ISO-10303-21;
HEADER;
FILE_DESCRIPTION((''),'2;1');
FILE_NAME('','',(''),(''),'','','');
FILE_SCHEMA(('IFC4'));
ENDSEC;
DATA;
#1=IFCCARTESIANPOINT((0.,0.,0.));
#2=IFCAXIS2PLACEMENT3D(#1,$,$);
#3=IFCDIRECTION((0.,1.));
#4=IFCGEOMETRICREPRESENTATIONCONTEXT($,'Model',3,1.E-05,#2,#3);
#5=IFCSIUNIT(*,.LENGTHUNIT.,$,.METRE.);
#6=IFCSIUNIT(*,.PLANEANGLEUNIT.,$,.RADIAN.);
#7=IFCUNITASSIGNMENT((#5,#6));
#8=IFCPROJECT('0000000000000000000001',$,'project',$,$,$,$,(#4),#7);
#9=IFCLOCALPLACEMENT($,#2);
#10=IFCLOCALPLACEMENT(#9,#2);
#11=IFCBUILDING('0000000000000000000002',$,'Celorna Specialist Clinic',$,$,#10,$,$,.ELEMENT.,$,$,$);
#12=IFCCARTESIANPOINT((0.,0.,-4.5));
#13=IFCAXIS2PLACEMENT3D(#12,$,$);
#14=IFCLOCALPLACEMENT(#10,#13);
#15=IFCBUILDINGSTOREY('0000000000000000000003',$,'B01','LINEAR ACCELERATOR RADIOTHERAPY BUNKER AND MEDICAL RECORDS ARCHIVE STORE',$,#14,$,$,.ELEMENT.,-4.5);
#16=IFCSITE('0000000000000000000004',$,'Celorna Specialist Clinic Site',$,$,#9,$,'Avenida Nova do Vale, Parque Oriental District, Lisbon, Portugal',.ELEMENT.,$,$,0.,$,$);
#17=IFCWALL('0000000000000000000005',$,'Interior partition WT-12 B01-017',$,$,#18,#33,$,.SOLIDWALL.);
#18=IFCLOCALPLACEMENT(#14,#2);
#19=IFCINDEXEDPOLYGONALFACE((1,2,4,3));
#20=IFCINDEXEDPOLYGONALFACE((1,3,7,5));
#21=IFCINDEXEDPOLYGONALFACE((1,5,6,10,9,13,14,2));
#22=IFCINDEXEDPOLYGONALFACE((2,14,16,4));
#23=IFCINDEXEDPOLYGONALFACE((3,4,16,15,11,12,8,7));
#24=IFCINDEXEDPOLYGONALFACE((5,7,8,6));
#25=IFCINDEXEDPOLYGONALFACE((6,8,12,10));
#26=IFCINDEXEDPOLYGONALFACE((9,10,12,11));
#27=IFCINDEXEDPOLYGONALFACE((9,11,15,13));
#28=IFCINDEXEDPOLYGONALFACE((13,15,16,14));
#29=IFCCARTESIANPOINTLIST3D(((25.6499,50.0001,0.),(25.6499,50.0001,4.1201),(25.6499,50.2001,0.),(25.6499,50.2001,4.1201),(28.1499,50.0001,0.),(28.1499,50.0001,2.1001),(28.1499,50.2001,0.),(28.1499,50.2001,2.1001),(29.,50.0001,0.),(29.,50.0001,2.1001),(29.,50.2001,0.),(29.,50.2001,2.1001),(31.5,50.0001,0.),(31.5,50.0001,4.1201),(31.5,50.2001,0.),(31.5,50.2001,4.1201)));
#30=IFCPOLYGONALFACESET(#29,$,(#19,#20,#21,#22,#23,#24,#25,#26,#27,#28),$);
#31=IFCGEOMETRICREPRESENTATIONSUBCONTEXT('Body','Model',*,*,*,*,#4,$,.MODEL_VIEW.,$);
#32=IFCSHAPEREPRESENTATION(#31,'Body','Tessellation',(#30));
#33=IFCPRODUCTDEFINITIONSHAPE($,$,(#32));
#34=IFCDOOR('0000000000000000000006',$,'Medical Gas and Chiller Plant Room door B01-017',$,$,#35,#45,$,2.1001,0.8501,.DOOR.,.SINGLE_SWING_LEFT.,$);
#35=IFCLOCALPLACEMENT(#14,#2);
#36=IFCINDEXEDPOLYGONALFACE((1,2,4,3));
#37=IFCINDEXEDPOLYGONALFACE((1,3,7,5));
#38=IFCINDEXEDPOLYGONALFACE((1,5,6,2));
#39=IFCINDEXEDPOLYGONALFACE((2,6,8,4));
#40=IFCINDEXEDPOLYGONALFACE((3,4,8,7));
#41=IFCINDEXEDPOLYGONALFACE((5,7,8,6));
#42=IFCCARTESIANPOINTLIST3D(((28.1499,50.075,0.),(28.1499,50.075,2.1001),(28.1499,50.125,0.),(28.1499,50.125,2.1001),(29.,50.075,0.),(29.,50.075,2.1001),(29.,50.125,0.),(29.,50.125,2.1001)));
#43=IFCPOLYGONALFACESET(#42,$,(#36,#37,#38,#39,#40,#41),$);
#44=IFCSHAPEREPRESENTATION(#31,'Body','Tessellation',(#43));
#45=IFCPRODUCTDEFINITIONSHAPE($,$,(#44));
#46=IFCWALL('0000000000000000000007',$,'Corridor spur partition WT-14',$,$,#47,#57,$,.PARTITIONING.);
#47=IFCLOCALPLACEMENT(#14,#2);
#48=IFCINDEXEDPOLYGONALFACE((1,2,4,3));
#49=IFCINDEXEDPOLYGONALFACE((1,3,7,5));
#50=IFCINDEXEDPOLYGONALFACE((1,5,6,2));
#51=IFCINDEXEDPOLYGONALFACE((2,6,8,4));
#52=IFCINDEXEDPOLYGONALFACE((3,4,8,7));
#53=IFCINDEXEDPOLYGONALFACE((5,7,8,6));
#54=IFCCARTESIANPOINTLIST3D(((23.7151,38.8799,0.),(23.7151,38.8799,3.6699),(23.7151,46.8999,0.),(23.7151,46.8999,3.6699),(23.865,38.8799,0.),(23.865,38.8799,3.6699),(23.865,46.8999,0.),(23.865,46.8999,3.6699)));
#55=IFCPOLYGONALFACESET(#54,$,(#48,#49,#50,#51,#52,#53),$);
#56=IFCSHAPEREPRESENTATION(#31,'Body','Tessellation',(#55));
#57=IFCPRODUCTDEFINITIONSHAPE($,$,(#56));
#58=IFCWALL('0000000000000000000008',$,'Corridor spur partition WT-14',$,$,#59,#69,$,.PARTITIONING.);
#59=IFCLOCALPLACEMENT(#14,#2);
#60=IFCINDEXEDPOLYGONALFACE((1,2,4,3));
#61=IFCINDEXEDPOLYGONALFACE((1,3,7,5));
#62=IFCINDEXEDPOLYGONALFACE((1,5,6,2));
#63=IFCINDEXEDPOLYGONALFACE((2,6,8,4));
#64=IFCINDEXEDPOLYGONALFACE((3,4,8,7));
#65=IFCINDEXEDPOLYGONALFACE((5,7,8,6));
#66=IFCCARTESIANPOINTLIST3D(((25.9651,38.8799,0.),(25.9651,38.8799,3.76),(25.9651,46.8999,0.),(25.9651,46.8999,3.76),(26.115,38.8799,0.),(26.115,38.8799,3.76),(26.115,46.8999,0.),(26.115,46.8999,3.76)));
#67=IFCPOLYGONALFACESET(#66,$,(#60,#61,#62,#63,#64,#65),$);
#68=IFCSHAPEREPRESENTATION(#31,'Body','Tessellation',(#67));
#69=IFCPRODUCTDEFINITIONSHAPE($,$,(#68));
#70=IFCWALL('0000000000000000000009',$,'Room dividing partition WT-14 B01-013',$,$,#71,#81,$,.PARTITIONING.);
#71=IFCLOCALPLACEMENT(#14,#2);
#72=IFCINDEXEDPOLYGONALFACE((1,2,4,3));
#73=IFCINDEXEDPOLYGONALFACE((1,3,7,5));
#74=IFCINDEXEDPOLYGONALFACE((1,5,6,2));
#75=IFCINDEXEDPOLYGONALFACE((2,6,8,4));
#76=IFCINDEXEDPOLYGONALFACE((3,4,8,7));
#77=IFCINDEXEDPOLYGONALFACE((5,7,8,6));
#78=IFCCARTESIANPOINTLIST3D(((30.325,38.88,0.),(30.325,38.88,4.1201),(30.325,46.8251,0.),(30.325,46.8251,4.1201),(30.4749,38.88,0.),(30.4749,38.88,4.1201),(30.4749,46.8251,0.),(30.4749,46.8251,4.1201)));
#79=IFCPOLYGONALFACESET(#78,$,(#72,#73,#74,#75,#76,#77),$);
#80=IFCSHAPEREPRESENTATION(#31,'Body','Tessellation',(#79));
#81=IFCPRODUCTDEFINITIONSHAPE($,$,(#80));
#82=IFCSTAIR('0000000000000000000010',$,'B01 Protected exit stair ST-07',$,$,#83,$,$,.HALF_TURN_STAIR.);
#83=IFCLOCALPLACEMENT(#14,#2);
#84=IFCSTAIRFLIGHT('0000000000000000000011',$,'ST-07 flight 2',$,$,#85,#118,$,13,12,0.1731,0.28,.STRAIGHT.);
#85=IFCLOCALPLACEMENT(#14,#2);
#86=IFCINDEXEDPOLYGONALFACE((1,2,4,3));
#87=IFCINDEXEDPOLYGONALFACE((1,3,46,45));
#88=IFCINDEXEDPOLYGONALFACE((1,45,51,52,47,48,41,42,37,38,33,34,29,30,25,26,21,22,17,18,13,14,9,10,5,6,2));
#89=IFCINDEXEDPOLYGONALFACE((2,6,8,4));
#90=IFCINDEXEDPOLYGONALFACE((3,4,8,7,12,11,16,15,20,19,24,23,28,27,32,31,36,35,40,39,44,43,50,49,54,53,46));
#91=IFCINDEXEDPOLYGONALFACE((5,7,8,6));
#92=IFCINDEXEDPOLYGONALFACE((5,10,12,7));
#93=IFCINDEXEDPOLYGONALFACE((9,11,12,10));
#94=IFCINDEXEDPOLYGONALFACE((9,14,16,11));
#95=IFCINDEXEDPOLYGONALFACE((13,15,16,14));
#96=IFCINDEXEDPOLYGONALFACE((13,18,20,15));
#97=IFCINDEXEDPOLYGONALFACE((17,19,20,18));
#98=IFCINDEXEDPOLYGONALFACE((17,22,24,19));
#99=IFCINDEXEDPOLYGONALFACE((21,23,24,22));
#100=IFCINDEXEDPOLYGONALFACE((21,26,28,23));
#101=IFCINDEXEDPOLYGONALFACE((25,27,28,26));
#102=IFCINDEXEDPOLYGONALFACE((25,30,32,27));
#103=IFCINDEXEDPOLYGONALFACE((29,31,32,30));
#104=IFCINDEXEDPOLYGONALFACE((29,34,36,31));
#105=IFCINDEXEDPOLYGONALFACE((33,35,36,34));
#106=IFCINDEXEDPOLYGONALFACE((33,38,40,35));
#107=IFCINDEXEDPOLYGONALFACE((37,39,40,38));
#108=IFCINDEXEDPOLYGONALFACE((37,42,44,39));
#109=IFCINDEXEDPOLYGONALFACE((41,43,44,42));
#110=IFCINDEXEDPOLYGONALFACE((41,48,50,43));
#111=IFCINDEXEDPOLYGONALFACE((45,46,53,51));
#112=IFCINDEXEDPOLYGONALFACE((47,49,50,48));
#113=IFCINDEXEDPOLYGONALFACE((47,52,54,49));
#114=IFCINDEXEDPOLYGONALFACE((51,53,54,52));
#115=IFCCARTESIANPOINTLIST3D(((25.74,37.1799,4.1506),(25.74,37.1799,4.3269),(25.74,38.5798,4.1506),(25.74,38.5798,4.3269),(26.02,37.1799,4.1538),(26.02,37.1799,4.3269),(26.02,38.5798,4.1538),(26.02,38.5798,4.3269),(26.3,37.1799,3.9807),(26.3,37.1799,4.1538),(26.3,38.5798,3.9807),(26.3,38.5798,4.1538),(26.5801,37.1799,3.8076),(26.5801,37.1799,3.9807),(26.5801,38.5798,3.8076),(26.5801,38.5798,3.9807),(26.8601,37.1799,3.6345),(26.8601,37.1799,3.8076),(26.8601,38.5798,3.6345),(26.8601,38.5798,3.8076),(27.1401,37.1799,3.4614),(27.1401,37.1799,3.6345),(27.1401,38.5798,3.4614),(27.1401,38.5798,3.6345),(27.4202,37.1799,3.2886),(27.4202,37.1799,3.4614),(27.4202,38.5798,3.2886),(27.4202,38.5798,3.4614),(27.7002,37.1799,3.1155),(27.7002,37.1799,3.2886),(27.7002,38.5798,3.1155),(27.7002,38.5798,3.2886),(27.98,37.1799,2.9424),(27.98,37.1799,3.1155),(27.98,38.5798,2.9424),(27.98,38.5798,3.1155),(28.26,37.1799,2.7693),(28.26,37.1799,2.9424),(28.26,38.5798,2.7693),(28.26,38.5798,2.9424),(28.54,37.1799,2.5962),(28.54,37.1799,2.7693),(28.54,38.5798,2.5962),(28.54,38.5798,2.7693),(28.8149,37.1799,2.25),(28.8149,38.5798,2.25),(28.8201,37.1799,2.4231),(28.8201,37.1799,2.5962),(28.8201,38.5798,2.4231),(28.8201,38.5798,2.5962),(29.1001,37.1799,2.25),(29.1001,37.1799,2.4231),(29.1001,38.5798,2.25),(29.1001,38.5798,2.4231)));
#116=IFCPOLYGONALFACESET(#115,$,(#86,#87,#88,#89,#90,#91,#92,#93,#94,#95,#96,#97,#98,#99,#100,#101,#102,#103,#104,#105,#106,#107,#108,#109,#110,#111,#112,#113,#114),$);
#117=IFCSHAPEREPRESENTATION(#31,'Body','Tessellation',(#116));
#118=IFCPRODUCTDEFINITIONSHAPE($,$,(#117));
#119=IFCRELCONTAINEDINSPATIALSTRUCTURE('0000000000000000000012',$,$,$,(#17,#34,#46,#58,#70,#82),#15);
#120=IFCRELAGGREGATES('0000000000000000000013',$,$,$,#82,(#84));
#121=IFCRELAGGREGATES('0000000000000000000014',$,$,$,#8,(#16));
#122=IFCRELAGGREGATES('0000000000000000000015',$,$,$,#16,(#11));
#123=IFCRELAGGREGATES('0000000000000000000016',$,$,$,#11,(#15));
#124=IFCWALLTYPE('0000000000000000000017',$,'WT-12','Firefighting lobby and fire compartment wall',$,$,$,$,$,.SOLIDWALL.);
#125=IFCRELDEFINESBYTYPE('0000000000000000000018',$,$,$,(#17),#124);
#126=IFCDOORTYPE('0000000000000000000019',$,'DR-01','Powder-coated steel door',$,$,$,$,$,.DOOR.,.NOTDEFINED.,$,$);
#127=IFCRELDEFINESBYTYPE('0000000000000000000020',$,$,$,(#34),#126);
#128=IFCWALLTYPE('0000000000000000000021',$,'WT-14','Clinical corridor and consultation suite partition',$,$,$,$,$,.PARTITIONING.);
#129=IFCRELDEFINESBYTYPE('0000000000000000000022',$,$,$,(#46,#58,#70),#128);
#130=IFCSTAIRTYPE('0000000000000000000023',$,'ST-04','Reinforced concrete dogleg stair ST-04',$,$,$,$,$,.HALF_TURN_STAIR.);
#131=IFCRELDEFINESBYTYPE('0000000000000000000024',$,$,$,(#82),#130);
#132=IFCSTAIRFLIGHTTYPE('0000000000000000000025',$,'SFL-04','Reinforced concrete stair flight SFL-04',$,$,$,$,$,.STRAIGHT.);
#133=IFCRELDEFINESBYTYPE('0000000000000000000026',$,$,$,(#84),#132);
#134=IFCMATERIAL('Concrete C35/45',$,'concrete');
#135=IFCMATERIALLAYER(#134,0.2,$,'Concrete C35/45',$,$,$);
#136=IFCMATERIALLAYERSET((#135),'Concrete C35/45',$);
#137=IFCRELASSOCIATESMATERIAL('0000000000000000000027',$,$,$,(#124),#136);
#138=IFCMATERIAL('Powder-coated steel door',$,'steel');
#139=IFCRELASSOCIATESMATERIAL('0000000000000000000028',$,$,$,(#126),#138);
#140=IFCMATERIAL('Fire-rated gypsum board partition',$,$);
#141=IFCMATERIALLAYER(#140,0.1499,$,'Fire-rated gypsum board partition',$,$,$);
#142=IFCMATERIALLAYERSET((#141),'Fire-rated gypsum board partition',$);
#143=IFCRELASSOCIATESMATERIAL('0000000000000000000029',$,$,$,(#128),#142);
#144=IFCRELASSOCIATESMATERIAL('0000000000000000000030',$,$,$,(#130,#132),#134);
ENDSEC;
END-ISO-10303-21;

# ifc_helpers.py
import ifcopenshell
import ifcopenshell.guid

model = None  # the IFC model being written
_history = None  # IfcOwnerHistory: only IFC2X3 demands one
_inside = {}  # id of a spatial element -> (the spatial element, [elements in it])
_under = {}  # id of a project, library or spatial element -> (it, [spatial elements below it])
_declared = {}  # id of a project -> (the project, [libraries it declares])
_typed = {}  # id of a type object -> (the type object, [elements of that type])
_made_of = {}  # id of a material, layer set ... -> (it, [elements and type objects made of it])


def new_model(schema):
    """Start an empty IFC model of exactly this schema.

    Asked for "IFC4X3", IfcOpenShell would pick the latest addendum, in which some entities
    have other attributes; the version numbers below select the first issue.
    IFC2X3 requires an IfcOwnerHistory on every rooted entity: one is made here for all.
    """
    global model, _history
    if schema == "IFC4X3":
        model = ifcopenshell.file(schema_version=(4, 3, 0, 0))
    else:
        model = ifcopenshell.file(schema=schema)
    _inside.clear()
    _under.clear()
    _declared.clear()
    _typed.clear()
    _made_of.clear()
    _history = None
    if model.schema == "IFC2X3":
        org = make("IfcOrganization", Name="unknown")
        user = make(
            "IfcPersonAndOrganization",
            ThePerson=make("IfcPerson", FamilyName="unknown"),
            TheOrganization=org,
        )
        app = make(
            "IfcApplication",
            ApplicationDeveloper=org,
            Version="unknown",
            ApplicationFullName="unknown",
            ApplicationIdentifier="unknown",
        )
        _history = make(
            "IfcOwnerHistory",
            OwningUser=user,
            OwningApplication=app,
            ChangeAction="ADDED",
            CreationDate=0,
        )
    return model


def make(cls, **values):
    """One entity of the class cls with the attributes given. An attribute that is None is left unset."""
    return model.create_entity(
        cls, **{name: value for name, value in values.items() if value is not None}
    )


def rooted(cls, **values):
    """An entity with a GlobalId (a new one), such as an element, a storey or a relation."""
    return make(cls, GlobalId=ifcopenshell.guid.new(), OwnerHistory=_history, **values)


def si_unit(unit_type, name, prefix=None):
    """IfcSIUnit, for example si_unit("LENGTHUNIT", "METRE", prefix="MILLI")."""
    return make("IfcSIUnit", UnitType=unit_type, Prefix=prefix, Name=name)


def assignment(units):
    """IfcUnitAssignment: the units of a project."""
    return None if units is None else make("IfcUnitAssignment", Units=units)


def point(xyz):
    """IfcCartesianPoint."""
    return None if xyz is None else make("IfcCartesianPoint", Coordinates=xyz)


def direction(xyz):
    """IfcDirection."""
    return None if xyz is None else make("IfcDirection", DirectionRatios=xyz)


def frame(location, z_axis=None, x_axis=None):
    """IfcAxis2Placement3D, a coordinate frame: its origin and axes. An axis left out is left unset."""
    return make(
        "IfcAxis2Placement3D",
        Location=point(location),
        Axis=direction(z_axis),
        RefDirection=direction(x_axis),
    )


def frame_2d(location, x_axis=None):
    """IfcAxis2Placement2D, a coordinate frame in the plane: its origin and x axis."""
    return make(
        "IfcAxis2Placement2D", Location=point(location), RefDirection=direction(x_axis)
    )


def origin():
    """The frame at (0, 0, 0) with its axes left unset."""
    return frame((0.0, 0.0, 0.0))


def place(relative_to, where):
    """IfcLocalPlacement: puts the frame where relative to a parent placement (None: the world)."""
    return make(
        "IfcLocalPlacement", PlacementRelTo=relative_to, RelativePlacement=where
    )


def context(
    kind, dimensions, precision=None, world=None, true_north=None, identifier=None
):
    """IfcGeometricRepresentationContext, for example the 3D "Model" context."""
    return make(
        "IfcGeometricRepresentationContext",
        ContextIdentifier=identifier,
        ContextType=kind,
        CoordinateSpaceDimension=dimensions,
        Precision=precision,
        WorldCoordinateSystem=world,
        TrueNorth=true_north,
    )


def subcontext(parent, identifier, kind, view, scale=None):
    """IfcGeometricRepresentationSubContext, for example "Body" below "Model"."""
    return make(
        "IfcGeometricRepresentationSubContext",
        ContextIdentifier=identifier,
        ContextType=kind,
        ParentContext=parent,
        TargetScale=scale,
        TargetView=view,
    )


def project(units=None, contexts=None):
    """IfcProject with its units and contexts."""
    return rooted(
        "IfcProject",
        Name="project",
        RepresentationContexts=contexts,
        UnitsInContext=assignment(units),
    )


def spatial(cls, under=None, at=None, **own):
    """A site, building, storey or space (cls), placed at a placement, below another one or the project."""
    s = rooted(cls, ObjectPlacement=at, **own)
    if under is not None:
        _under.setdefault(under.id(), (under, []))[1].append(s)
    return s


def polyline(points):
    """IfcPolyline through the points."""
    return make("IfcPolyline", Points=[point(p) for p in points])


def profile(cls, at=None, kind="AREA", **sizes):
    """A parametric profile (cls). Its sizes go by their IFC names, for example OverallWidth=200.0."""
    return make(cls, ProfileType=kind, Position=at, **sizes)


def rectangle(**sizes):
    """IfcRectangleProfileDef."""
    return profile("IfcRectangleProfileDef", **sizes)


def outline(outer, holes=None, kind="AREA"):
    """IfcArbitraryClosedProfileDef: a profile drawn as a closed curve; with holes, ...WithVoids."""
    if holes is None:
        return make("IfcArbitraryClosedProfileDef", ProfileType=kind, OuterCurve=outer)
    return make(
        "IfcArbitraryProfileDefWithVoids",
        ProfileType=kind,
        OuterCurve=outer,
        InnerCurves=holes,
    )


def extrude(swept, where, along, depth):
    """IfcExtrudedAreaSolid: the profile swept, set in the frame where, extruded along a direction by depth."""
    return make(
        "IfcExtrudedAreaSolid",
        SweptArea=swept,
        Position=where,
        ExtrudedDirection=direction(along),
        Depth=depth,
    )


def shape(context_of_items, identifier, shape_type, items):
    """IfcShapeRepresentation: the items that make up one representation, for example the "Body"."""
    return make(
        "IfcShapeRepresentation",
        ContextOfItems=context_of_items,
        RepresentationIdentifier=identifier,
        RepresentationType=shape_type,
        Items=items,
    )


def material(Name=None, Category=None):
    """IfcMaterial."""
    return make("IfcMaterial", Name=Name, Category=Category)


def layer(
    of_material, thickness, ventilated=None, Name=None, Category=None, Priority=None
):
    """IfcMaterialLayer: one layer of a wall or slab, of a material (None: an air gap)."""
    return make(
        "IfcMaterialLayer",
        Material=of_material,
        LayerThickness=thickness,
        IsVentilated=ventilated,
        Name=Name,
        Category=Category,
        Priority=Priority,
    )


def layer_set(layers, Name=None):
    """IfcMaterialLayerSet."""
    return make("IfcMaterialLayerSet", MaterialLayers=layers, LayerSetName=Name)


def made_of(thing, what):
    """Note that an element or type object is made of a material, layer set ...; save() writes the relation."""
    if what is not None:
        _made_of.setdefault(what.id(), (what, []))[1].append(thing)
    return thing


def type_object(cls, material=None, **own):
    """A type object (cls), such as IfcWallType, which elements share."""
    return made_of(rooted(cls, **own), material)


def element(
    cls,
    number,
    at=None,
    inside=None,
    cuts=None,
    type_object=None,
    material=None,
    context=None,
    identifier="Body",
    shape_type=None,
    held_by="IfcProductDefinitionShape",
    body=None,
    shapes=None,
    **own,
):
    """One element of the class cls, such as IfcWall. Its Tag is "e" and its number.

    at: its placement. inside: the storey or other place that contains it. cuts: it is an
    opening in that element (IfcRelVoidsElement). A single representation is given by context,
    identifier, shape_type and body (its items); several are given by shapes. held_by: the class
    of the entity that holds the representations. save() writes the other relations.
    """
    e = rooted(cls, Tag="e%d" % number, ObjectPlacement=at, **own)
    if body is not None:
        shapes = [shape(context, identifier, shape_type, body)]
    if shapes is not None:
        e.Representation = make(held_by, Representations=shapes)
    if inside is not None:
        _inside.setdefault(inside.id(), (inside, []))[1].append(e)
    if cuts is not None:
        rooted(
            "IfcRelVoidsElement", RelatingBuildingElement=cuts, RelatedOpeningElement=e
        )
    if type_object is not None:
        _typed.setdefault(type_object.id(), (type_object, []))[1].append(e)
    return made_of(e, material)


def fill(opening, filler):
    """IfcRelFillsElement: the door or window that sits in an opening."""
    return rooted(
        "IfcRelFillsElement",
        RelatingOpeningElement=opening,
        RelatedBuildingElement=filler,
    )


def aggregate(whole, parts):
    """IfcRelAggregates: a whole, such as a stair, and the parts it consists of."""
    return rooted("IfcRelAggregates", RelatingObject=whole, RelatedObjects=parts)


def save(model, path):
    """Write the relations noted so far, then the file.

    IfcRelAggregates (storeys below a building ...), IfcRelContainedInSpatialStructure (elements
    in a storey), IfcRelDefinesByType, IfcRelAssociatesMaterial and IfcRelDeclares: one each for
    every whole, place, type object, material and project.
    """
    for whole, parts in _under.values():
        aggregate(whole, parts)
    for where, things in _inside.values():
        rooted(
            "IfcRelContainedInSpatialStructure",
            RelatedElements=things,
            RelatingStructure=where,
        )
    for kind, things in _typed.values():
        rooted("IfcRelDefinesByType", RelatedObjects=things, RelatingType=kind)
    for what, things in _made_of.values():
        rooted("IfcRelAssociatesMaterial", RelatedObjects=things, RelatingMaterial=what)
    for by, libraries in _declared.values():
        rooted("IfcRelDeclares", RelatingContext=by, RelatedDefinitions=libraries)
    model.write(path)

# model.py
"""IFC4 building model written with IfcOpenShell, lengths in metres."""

from ifc_helpers import new_model, si_unit, direction, frame, frame_2d, origin, place, context, subcontext, project, spatial, polyline, rectangle, outline, extrude, material, layer, layer_set, type_object, element, fill, aggregate, save


model = new_model("IFC4")

# Units and contexts
model_context = context("Model", 3, precision=1e-05, world=origin(), true_north=direction((0.0, 1.0)))
body_context = subcontext(model_context, "Body", "Model", "MODEL_VIEW")
ifc_project = project(units=[si_unit("LENGTHUNIT", "METRE"), si_unit("PLANEANGLEUNIT", "RADIAN")], contexts=[model_context])

# Site, building, storey
site_placement = place(None, origin())
site = spatial("IfcSite", under=ifc_project, at=site_placement, Name="Celorna Specialist Clinic Site", LongName="Avenida Nova do Vale, Parque Oriental District, Lisbon, Portugal", CompositionType="ELEMENT", RefElevation=0.0)
building_placement = place(site_placement, origin())
building = spatial("IfcBuilding", under=site, at=building_placement, Name="Celorna Specialist Clinic", CompositionType="ELEMENT")
storey_placement = place(building_placement, frame((0.0, 0.0, -4.5)))
storey = spatial("IfcBuildingStorey", under=building, at=storey_placement, Name="B01", Description="LINEAR ACCELERATOR RADIOTHERAPY BUNKER AND MEDICAL RECORDS ARCHIVE STORE", CompositionType="ELEMENT", Elevation=-4.5)

# Shared definitions
ifc_material_1 = material(Name="Concrete C35/45", Category="concrete")

# Wall, opening, door
ifc_layer_1 = layer(ifc_material_1, 0.2, Name="Concrete C35/45")
ifc_layer_set_1 = layer_set([ifc_layer_1], Name="Concrete C35/45")
wall_type_1 = type_object("IfcWallType", Name="WT-12", Description="Firefighting lobby and fire compartment wall", PredefinedType="SOLIDWALL", material=ifc_layer_set_1)
wall_1_placement = place(storey_placement, frame((25.6499, 50.1001, 0.0), z_axis=(0.0, 0.0, 1.0), x_axis=(1.0, 0.0, 0.0)))
wall_1 = element("IfcWall", 1, at=wall_1_placement, inside=storey, type_object=wall_type_1, Name="Interior partition WT-12 B01-017", PredefinedType="SOLIDWALL", context=body_context, shape_type="SweptSolid", body=[
    extrude(rectangle(XDim=5.8501, YDim=0.2, at=frame_2d((2.925, 0.0))), origin(), (0.0, 0.0, 1.0), 4.1201),
])
opening_placement = place(wall_1_placement, frame((2.5, 0.0, 0.0)))
opening = element("IfcOpeningElement", 2, at=opening_placement, cuts=wall_1, PredefinedType="OPENING", context=body_context, shape_type="SweptSolid", body=[
    extrude(rectangle(XDim=0.8501, YDim=2.1001, at=frame_2d((0.425, 1.05))), frame((0.0, 0.1099, 0.0), z_axis=(0.0, -1.0, 0.0), x_axis=(1.0, 0.0, 0.0)), (0.0, 0.0, 1.0), 0.22),
])
ifc_material_2 = material(Name="Powder-coated steel door", Category="steel")
door_type = type_object("IfcDoorType", Name="DR-01", Description="Powder-coated steel door", OperationType="NOTDEFINED", PredefinedType="DOOR", material=ifc_material_2)
door_placement = place(opening_placement, origin())
door = element("IfcDoor", 3, at=door_placement, inside=storey, type_object=door_type, Name="Medical Gas and Chiller Plant Room door B01-017", OperationType="SINGLE_SWING_LEFT", OverallHeight=2.1001, OverallWidth=0.8501, PredefinedType="DOOR", context=body_context, shape_type="SweptSolid", body=[
    extrude(rectangle(XDim=0.8501, YDim=2.1001, at=frame_2d((0.425, 1.05))), frame((0.0, 0.0249, 0.0), z_axis=(0.0, -1.0, 0.0), x_axis=(1.0, 0.0, 0.0)), (0.0, 0.0, 1.0), 0.05),
])
fill(opening, door)

# Walls
ifc_material_3 = material(Name="Fire-rated gypsum board partition")
ifc_layer_2 = layer(ifc_material_3, 0.1499, Name="Fire-rated gypsum board partition")
ifc_layer_set_2 = layer_set([ifc_layer_2], Name="Fire-rated gypsum board partition")
wall_type_2 = type_object("IfcWallType", Name="WT-14", Description="Clinical corridor and consultation suite partition", PredefinedType="PARTITIONING", material=ifc_layer_set_2)
wall_2_placement = place(storey_placement, frame((23.79, 38.8799, 0.0), z_axis=(0.0, 0.0, 1.0), x_axis=(0.0, 1.0, 0.0)))
element("IfcWall", 4, at=wall_2_placement, inside=storey, type_object=wall_type_2, Name="Corridor spur partition WT-14", PredefinedType="PARTITIONING", context=body_context, shape_type="SweptSolid", body=[
    extrude(rectangle(XDim=8.02, YDim=0.1499, at=frame_2d((4.01, 0.0))), origin(), (0.0, 0.0, 1.0), 3.6699),
])
wall_3_placement = place(storey_placement, frame((26.04, 38.8799, 0.0), z_axis=(0.0, 0.0, 1.0), x_axis=(0.0, 1.0, 0.0)))
element("IfcWall", 5, at=wall_3_placement, inside=storey, type_object=wall_type_2, Name="Corridor spur partition WT-14", PredefinedType="PARTITIONING", context=body_context, shape_type="SweptSolid", body=[
    extrude(rectangle(XDim=8.02, YDim=0.1499, at=frame_2d((4.01, 0.0))), origin(), (0.0, 0.0, 1.0), 3.76),
])
wall_4_placement = place(storey_placement, frame((30.3999, 38.8799, 0.0), z_axis=(0.0, 0.0, 1.0), x_axis=(0.0, 1.0, 0.0)))
element("IfcWall", 6, at=wall_4_placement, inside=storey, type_object=wall_type_2, Name="Room dividing partition WT-14 B01-013", PredefinedType="PARTITIONING", context=body_context, shape_type="SweptSolid", body=[
    extrude(rectangle(XDim=7.9451, YDim=0.1499, at=frame_2d((3.9727, 0.0))), origin(), (0.0, 0.0, 1.0), 4.1201),
])

# Stair, stair flight
stair_type = type_object("IfcStairType", Name="ST-04", Description="Reinforced concrete dogleg stair ST-04", PredefinedType="HALF_TURN_STAIR", material=ifc_material_1)
stair_placement = place(storey_placement, origin())
stair = element("IfcStair", 7, at=stair_placement, inside=storey, type_object=stair_type, Name="B01 Protected exit stair ST-07", PredefinedType="HALF_TURN_STAIR")
stair_flight_type = type_object("IfcStairFlightType", Name="SFL-04", Description="Reinforced concrete stair flight SFL-04", PredefinedType="STRAIGHT", material=ifc_material_1)
stair_flight_placement = place(storey_placement, frame((29.1001, 37.8799, 2.25), z_axis=(0.0, 0.0, 1.0), x_axis=(-1.0, 0.0, 0.0)))
stair_flight = element("IfcStairFlight", 8, at=stair_flight_placement, type_object=stair_flight_type, Name="ST-07 flight 2", NumberOfRisers=13, NumberOfTreads=12, PredefinedType="STRAIGHT", RiserHeight=0.1731, TreadLength=0.28, context=body_context, shape_type="SweptSolid", body=[
    extrude(outline(polyline([(0.0, 0.0), (0.0, 0.1731), (0.28, 0.1731), (0.28, 0.3462), (0.5601, 0.3462), (0.5601, 0.5193), (0.8401, 0.5193), (0.8401, 0.6924), (1.1201, 0.6924), (1.1201, 0.8655), (1.3999, 0.8655), (1.3999, 1.0386), (1.6799, 1.0386), (1.6799, 1.2114), (1.96, 1.2114), (1.96, 1.3845), (2.24, 1.3845), (2.24, 1.5576), (2.52, 1.5576), (2.52, 1.7307), (2.8, 1.7307), (2.8, 1.9038), (3.0801, 1.9038), (3.0801, 2.0769), (3.3601, 2.0769), (3.3601, 2.25), (3.3601, 1.9006), (0.2852, 0.0), (0.0, 0.0)])), frame((0.0, 0.7, 0.0), z_axis=(0.0, -1.0, 0.0), x_axis=(1.0, 0.0, 0.0)), (0.0, 0.0, 1.0), 1.3999),
])
aggregate(stair, [stair_flight])

save(model, "model.ifc")
